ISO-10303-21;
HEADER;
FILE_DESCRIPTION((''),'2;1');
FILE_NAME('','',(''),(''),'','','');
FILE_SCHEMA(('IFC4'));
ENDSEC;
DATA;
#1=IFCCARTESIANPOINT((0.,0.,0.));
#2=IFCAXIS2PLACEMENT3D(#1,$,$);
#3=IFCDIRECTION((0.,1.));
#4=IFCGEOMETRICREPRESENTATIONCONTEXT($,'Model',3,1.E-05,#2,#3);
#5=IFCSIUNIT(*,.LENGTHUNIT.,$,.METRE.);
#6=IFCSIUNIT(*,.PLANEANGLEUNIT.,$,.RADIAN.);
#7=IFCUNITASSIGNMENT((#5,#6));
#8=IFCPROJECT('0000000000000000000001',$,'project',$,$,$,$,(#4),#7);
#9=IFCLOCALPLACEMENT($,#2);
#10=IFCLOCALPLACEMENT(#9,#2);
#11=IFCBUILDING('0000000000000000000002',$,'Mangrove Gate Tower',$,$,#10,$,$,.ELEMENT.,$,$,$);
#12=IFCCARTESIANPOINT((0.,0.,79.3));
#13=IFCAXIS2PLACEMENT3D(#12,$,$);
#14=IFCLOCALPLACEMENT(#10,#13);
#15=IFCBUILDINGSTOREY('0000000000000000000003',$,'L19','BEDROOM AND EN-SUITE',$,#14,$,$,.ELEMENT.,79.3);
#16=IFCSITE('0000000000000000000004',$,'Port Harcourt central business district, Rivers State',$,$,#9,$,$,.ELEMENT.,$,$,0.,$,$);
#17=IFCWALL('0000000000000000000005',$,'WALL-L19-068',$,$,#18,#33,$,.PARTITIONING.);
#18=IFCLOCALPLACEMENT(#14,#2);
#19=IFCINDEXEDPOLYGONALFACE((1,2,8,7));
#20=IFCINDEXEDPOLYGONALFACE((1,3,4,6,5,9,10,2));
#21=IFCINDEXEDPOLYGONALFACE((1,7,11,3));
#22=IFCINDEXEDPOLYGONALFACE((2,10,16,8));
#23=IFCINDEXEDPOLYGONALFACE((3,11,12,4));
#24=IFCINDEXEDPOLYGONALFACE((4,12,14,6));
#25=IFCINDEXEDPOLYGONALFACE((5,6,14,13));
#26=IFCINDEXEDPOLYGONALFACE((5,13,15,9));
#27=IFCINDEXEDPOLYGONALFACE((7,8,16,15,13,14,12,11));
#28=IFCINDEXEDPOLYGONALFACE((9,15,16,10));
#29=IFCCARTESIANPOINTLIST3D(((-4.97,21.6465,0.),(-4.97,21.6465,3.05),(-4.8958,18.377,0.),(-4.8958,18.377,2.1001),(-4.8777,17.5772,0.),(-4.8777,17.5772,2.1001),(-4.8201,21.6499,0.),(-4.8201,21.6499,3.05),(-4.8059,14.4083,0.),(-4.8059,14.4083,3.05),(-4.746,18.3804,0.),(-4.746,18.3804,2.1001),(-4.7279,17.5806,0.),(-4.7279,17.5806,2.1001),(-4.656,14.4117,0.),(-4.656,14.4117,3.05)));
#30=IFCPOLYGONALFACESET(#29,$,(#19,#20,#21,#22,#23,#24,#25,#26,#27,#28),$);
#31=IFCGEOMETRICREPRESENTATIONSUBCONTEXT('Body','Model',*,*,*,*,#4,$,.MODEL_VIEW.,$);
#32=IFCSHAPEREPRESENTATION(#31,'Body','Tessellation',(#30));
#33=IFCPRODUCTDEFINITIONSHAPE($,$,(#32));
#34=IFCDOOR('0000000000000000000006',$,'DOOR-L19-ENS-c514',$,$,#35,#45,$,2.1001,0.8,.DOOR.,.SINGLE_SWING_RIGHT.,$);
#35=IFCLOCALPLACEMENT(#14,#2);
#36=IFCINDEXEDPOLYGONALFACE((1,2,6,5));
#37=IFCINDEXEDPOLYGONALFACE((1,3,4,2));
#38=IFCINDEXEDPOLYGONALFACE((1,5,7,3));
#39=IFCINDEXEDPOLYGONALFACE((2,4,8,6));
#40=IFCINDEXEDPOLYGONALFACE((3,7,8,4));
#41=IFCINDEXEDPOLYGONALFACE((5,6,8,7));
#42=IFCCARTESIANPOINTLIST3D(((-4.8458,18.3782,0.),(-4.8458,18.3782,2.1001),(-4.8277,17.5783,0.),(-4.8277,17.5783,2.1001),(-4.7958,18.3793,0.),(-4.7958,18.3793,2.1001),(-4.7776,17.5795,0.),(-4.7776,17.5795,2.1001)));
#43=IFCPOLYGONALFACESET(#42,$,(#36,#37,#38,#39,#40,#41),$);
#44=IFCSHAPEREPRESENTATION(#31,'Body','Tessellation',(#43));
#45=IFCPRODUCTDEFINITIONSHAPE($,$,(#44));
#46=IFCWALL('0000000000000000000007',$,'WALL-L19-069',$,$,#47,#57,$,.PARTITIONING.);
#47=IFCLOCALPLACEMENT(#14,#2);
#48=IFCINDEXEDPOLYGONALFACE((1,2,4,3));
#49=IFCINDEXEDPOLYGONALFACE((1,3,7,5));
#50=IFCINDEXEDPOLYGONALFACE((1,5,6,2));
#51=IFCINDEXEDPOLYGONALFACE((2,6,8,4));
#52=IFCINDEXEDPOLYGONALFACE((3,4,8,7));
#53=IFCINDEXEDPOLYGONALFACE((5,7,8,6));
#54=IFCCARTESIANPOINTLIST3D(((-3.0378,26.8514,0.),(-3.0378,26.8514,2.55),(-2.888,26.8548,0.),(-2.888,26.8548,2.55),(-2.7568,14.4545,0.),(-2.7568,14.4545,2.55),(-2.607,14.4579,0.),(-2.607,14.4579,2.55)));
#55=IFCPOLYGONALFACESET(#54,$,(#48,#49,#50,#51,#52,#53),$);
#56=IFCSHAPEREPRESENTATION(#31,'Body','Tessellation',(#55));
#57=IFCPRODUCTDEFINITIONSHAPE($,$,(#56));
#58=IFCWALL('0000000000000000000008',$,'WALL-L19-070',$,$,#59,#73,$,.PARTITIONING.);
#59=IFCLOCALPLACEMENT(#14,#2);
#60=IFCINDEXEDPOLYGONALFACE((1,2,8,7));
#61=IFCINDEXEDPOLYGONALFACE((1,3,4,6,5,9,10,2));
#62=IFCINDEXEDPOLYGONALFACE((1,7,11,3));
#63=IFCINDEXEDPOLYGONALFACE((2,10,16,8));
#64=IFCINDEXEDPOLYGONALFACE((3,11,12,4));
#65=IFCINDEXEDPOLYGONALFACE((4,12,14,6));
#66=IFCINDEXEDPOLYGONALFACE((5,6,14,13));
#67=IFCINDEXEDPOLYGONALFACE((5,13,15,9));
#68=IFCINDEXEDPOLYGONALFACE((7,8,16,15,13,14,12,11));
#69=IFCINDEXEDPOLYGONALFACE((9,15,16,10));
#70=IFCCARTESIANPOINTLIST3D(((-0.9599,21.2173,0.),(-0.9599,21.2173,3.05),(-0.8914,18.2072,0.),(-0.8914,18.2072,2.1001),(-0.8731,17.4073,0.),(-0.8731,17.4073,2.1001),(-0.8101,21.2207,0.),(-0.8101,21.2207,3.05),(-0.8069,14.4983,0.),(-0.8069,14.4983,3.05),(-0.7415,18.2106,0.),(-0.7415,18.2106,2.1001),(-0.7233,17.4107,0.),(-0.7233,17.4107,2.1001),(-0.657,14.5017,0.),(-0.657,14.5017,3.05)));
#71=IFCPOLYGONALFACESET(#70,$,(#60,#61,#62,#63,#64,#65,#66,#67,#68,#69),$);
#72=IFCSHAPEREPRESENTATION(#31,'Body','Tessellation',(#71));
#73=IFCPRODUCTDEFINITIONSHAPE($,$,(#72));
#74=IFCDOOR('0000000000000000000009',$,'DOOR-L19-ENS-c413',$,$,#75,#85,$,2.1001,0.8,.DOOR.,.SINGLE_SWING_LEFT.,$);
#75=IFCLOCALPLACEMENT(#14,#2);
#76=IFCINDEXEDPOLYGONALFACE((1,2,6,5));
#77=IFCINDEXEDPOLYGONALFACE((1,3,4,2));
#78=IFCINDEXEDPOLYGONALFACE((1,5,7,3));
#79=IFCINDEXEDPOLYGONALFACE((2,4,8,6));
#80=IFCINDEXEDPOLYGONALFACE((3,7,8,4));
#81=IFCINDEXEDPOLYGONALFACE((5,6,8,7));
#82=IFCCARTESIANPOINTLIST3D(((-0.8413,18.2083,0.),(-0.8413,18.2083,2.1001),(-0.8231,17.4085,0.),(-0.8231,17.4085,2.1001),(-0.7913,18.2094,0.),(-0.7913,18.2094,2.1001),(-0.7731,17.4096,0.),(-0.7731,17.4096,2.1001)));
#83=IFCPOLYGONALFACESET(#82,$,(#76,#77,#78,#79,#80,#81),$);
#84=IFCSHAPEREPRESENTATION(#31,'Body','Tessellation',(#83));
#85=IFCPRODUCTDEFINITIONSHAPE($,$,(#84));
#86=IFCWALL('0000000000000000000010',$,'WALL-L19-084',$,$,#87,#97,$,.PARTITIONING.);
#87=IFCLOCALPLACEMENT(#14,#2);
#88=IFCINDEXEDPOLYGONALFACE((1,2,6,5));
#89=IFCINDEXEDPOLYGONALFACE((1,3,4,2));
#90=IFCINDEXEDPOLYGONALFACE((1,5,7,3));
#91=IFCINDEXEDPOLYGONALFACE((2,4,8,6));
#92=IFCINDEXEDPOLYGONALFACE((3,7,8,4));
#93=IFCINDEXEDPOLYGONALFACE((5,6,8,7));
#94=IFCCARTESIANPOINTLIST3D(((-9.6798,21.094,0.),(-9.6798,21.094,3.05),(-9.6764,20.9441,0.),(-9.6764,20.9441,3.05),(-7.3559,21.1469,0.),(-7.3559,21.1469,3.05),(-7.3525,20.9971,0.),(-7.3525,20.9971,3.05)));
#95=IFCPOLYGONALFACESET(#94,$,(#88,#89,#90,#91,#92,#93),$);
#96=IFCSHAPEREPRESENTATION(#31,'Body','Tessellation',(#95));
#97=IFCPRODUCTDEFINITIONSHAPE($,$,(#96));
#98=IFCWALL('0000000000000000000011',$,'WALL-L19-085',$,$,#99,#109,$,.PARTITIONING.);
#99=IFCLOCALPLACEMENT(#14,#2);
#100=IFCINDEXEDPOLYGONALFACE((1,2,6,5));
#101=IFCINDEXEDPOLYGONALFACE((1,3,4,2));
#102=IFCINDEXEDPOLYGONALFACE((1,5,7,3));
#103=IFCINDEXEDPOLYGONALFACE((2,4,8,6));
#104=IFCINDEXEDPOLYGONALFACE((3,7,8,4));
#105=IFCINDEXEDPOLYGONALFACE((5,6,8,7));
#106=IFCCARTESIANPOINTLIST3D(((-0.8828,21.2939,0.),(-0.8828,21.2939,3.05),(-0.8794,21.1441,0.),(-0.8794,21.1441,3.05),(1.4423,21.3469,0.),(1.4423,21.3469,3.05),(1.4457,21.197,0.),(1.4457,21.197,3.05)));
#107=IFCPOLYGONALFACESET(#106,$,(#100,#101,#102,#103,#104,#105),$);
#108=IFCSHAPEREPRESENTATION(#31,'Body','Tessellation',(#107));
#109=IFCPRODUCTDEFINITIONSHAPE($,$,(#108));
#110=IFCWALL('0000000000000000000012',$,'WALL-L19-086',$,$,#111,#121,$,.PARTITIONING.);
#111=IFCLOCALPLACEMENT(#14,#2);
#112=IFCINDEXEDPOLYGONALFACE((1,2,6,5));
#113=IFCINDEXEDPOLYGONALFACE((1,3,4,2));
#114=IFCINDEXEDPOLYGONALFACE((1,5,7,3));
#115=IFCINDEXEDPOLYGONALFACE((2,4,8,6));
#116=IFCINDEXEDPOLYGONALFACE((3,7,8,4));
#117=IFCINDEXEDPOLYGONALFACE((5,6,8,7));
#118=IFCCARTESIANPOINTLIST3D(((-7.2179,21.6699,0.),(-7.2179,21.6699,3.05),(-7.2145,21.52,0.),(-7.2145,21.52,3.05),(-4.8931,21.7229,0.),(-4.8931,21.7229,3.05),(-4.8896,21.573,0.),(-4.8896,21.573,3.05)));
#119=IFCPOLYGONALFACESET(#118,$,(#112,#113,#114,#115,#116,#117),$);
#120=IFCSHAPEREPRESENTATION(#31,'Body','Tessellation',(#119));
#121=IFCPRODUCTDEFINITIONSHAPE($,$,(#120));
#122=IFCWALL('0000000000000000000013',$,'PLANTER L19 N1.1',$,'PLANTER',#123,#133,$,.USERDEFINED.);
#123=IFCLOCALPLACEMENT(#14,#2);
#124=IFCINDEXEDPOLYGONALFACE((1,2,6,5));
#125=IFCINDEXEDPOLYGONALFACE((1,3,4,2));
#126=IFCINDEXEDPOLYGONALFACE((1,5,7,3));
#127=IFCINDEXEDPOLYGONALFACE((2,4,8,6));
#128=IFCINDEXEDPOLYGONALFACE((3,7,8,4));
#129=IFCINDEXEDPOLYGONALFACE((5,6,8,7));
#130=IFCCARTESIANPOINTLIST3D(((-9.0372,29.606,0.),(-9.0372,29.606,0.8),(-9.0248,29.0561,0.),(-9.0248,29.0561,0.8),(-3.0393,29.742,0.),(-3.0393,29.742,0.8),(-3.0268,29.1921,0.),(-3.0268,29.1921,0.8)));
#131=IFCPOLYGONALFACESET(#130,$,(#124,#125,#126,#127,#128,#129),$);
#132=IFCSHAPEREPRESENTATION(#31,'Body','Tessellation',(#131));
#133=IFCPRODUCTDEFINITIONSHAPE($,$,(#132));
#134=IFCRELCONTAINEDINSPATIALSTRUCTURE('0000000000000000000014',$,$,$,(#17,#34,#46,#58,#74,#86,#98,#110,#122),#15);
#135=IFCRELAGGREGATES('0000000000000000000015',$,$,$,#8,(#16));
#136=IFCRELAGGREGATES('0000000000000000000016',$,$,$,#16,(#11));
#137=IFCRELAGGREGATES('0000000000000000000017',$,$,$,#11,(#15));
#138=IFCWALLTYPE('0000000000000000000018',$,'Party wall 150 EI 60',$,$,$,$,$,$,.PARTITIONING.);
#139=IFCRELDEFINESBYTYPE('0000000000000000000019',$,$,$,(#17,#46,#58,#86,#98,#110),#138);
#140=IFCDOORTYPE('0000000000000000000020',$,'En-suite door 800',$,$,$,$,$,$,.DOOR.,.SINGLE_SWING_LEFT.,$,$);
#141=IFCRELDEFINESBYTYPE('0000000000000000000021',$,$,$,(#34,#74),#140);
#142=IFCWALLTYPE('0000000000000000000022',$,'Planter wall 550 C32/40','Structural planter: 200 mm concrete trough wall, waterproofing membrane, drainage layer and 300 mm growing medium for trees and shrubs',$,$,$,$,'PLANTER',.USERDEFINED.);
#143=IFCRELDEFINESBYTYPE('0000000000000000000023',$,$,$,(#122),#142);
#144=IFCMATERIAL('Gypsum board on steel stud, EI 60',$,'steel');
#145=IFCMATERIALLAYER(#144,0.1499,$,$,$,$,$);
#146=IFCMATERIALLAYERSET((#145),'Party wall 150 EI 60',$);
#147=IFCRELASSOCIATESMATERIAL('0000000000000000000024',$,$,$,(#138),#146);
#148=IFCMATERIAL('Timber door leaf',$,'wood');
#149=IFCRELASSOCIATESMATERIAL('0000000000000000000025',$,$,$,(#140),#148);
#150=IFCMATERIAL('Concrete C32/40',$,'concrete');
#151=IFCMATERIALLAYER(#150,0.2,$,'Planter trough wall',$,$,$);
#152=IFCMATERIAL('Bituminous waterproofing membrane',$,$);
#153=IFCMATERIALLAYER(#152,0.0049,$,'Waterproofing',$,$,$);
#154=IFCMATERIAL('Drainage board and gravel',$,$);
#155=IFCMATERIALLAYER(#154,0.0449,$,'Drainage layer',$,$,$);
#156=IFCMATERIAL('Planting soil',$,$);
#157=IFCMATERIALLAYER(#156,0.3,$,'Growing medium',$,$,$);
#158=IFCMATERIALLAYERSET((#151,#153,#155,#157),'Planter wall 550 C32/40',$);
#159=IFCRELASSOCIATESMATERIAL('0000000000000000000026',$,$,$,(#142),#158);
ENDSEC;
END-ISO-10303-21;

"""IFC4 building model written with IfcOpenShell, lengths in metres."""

from ifc_helpers import new_model, si_unit, direction, frame, frame_2d, origin, place, context, subcontext, project, spatial, rectangle, extrude, material, layer, layer_set, type_object, element, fill, save


model = new_model("IFC4")

# Units and contexts
model_context = context("Model", 3, precision=1e-05, world=origin(), true_north=direction((0.0, 1.0)))
body_context = subcontext(model_context, "Body", "Model", "MODEL_VIEW")
ifc_project = project(units=[si_unit("LENGTHUNIT", "METRE"), si_unit("PLANEANGLEUNIT", "RADIAN")], contexts=[model_context])

# Site, building, storey
site_placement = place(None, origin())
site = spatial("IfcSite", under=ifc_project, at=site_placement, Name="Port Harcourt central business district, Rivers State", CompositionType="ELEMENT", RefElevation=0.0)
building_placement = place(site_placement, origin())
building = spatial("IfcBuilding", under=site, at=building_placement, Name="Mangrove Gate Tower", CompositionType="ELEMENT")
storey_placement = place(building_placement, frame((0.0, 0.0, 79.3)))
storey = spatial("IfcBuildingStorey", under=building, at=storey_placement, Name="L19", Description="BEDROOM AND EN-SUITE", CompositionType="ELEMENT", Elevation=79.3)

# Shared definitions
ifc_material_1 = material(Name="Gypsum board on steel stud, EI 60", Category="steel")
ifc_layer_1 = layer(ifc_material_1, 0.1499)
ifc_layer_set_1 = layer_set([ifc_layer_1], Name="Party wall 150 EI 60")
wall_type_1 = type_object("IfcWallType", Name="Party wall 150 EI 60", PredefinedType="PARTITIONING", material=ifc_layer_set_1)

# Shared definitions
ifc_material_2 = material(Name="Timber door leaf", Category="wood")
door_type = type_object("IfcDoorType", Name="En-suite door 800", OperationType="SINGLE_SWING_LEFT", PredefinedType="DOOR", material=ifc_material_2)

# Wall, opening, door
wall_1_placement = place(storey_placement, frame((-4.731, 14.4099, 0.0), z_axis=(0.0, 0.0, 1.0), x_axis=(-0.022661, 0.999743, 0.0)))
wall_1 = element("IfcWall", 1, at=wall_1_placement, inside=storey, type_object=wall_type_1, Name="WALL-L19-068", PredefinedType="PARTITIONING", context=body_context, shape_type="SweptSolid", body=[
    extrude(rectangle(XDim=7.24, YDim=0.1499, at=frame_2d((3.6201, 0.0))), origin(), (0.0, 0.0, 1.0), 3.05),
])
opening_1_placement = place(wall_1_placement, frame((3.1699, 0.0, 0.0)))
opening_1 = element("IfcOpeningElement", 2, at=opening_1_placement, cuts=wall_1, PredefinedType="OPENING", context=body_context, shape_type="SweptSolid", body=[
    extrude(rectangle(XDim=0.8, YDim=2.1001, at=frame_2d((0.3999, 1.05))), frame((0.0, 0.085, 0.0), z_axis=(0.0, -1.0, 0.0), x_axis=(1.0, 0.0, 0.0)), (0.0, 0.0, 1.0), 0.1699),
])
door_1_placement = place(opening_1_placement, origin())
door_1 = element("IfcDoor", 3, at=door_1_placement, inside=storey, type_object=door_type, Name="DOOR-L19-ENS-c514", OperationType="SINGLE_SWING_RIGHT", OverallHeight=2.1001, OverallWidth=0.8, PredefinedType="DOOR", context=body_context, shape_type="SweptSolid", body=[
    extrude(rectangle(XDim=0.8, YDim=2.1001, at=frame_2d((0.3999, 1.05))), frame((0.0, 0.0249, 0.0), z_axis=(0.0, -1.0, 0.0), x_axis=(1.0, 0.0, 0.0)), (0.0, 0.0, 1.0), 0.05),
])
fill(opening_1, door_1)

# Wall
wall_2_placement = place(storey_placement, frame((-2.6819, 14.4561, 0.0), z_axis=(0.0, 0.0, 1.0), x_axis=(-0.022661, 0.999743, 0.0)))
element("IfcWall", 4, at=wall_2_placement, inside=storey, type_object=wall_type_1, Name="WALL-L19-069", PredefinedType="PARTITIONING", context=body_context, shape_type="SweptSolid", body=[
    extrude(rectangle(XDim=12.4001, YDim=0.1499, at=frame_2d((6.2002, 0.0))), origin(), (0.0, 0.0, 1.0), 2.55),
])

# Wall, opening, door
wall_3_placement = place(storey_placement, frame((-0.7319, 14.5, 0.0), z_axis=(0.0, 0.0, 1.0), x_axis=(-0.022777, 0.999741, 0.0)))
wall_3 = element("IfcWall", 5, at=wall_3_placement, inside=storey, type_object=wall_type_1, Name="WALL-L19-070", PredefinedType="PARTITIONING", context=body_context, shape_type="SweptSolid", body=[
    extrude(rectangle(XDim=6.7207, YDim=0.1499, at=frame_2d((3.3604, 0.0))), origin(), (0.0, 0.0, 1.0), 3.05),
])
opening_2_placement = place(wall_3_placement, frame((2.9099, 0.0, 0.0)))
opening_2 = element("IfcOpeningElement", 6, at=opening_2_placement, cuts=wall_3, PredefinedType="OPENING", context=body_context, shape_type="SweptSolid", body=[
    extrude(rectangle(XDim=0.8, YDim=2.1001, at=frame_2d((0.3999, 1.05))), frame((0.0, 0.085, 0.0), z_axis=(0.0, -1.0, 0.0), x_axis=(1.0, 0.0, 0.0)), (0.0, 0.0, 1.0), 0.1699),
])
door_2_placement = place(opening_2_placement, origin())
door_2 = element("IfcDoor", 7, at=door_2_placement, inside=storey, type_object=door_type, Name="DOOR-L19-ENS-c413", OperationType="SINGLE_SWING_LEFT", OverallHeight=2.1001, OverallWidth=0.8, PredefinedType="DOOR", context=body_context, shape_type="SweptSolid", body=[
    extrude(rectangle(XDim=0.8, YDim=2.1001, at=frame_2d((0.3999, 1.05))), frame((0.0, 0.0249, 0.0), z_axis=(0.0, -1.0, 0.0), x_axis=(1.0, 0.0, 0.0)), (0.0, 0.0, 1.0), 0.05),
])
fill(opening_2, door_2)

# Walls
wall_4_placement = place(storey_placement, frame((-9.678, 21.019, 0.0), z_axis=(0.0, 0.0, 1.0), x_axis=(0.99974, 0.022791, 0.0)))
element("IfcWall", 8, at=wall_4_placement, inside=storey, type_object=wall_type_1, Name="WALL-L19-084", PredefinedType="PARTITIONING", context=body_context, shape_type="SweptSolid", body=[
    extrude(rectangle(XDim=2.3245, YDim=0.1499, at=frame_2d((1.1621, 0.0))), origin(), (0.0, 0.0, 1.0), 3.05),
])
wall_5_placement = place(storey_placement, frame((-0.8811, 21.219, 0.0), z_axis=(0.0, 0.0, 1.0), x_axis=(0.999741, 0.022779, 0.0)))
element("IfcWall", 9, at=wall_5_placement, inside=storey, type_object=wall_type_1, Name="WALL-L19-085", PredefinedType="PARTITIONING", context=body_context, shape_type="SweptSolid", body=[
    extrude(rectangle(XDim=2.3257, YDim=0.1499, at=frame_2d((1.1628, 0.0))), origin(), (0.0, 0.0, 1.0), 3.05),
])
wall_6_placement = place(storey_placement, frame((-7.2161, 21.595, 0.0), z_axis=(0.0, 0.0, 1.0), x_axis=(0.99974, 0.022781, 0.0)))
element("IfcWall", 10, at=wall_6_placement, inside=storey, type_object=wall_type_1, Name="WALL-L19-086", PredefinedType="PARTITIONING", context=body_context, shape_type="SweptSolid", body=[
    extrude(rectangle(XDim=2.3254, YDim=0.1499, at=frame_2d((1.1626, 0.0))), origin(), (0.0, 0.0, 1.0), 3.05),
])
ifc_material_3 = material(Name="Concrete C32/40", Category="concrete")
ifc_layer_2 = layer(ifc_material_3, 0.2, Name="Planter trough wall")
ifc_material_4 = material(Name="Bituminous waterproofing membrane")
ifc_layer_3 = layer(ifc_material_4, 0.0049, Name="Waterproofing")
ifc_material_5 = material(Name="Drainage board and gravel")
ifc_layer_4 = layer(ifc_material_5, 0.0449, Name="Drainage layer")
ifc_material_6 = material(Name="Planting soil")
ifc_layer_5 = layer(ifc_material_6, 0.3, Name="Growing medium")
ifc_layer_set_2 = layer_set([ifc_layer_2, ifc_layer_3, ifc_layer_4, ifc_layer_5], Name="Planter wall 550 C32/40")
wall_type_2 = type_object("IfcWallType", Name="Planter wall 550 C32/40", Description="Structural planter: 200 mm concrete trough wall, waterproofing membrane, drainage layer and 300 mm growing medium for trees and shrubs", ElementType="PLANTER", PredefinedType="USERDEFINED", material=ifc_layer_set_2)
wall_7_placement = place(storey_placement, frame((-9.031, 29.3311, 0.0), z_axis=(0.0, 0.0, 1.0), x_axis=(0.999743, 0.022666, 0.0)))
element("IfcWall", 11, at=wall_7_placement, inside=storey, type_object=wall_type_2, Name="PLANTER L19 N1.1", ObjectType="PLANTER", PredefinedType="USERDEFINED", context=body_context, shape_type="SweptSolid", body=[
    extrude(rectangle(XDim=5.9995, YDim=0.55, at=frame_2d((2.9998, 0.0))), origin(), (0.0, 0.0, 1.0), 0.8),
])

save(model, "model.ifc")
